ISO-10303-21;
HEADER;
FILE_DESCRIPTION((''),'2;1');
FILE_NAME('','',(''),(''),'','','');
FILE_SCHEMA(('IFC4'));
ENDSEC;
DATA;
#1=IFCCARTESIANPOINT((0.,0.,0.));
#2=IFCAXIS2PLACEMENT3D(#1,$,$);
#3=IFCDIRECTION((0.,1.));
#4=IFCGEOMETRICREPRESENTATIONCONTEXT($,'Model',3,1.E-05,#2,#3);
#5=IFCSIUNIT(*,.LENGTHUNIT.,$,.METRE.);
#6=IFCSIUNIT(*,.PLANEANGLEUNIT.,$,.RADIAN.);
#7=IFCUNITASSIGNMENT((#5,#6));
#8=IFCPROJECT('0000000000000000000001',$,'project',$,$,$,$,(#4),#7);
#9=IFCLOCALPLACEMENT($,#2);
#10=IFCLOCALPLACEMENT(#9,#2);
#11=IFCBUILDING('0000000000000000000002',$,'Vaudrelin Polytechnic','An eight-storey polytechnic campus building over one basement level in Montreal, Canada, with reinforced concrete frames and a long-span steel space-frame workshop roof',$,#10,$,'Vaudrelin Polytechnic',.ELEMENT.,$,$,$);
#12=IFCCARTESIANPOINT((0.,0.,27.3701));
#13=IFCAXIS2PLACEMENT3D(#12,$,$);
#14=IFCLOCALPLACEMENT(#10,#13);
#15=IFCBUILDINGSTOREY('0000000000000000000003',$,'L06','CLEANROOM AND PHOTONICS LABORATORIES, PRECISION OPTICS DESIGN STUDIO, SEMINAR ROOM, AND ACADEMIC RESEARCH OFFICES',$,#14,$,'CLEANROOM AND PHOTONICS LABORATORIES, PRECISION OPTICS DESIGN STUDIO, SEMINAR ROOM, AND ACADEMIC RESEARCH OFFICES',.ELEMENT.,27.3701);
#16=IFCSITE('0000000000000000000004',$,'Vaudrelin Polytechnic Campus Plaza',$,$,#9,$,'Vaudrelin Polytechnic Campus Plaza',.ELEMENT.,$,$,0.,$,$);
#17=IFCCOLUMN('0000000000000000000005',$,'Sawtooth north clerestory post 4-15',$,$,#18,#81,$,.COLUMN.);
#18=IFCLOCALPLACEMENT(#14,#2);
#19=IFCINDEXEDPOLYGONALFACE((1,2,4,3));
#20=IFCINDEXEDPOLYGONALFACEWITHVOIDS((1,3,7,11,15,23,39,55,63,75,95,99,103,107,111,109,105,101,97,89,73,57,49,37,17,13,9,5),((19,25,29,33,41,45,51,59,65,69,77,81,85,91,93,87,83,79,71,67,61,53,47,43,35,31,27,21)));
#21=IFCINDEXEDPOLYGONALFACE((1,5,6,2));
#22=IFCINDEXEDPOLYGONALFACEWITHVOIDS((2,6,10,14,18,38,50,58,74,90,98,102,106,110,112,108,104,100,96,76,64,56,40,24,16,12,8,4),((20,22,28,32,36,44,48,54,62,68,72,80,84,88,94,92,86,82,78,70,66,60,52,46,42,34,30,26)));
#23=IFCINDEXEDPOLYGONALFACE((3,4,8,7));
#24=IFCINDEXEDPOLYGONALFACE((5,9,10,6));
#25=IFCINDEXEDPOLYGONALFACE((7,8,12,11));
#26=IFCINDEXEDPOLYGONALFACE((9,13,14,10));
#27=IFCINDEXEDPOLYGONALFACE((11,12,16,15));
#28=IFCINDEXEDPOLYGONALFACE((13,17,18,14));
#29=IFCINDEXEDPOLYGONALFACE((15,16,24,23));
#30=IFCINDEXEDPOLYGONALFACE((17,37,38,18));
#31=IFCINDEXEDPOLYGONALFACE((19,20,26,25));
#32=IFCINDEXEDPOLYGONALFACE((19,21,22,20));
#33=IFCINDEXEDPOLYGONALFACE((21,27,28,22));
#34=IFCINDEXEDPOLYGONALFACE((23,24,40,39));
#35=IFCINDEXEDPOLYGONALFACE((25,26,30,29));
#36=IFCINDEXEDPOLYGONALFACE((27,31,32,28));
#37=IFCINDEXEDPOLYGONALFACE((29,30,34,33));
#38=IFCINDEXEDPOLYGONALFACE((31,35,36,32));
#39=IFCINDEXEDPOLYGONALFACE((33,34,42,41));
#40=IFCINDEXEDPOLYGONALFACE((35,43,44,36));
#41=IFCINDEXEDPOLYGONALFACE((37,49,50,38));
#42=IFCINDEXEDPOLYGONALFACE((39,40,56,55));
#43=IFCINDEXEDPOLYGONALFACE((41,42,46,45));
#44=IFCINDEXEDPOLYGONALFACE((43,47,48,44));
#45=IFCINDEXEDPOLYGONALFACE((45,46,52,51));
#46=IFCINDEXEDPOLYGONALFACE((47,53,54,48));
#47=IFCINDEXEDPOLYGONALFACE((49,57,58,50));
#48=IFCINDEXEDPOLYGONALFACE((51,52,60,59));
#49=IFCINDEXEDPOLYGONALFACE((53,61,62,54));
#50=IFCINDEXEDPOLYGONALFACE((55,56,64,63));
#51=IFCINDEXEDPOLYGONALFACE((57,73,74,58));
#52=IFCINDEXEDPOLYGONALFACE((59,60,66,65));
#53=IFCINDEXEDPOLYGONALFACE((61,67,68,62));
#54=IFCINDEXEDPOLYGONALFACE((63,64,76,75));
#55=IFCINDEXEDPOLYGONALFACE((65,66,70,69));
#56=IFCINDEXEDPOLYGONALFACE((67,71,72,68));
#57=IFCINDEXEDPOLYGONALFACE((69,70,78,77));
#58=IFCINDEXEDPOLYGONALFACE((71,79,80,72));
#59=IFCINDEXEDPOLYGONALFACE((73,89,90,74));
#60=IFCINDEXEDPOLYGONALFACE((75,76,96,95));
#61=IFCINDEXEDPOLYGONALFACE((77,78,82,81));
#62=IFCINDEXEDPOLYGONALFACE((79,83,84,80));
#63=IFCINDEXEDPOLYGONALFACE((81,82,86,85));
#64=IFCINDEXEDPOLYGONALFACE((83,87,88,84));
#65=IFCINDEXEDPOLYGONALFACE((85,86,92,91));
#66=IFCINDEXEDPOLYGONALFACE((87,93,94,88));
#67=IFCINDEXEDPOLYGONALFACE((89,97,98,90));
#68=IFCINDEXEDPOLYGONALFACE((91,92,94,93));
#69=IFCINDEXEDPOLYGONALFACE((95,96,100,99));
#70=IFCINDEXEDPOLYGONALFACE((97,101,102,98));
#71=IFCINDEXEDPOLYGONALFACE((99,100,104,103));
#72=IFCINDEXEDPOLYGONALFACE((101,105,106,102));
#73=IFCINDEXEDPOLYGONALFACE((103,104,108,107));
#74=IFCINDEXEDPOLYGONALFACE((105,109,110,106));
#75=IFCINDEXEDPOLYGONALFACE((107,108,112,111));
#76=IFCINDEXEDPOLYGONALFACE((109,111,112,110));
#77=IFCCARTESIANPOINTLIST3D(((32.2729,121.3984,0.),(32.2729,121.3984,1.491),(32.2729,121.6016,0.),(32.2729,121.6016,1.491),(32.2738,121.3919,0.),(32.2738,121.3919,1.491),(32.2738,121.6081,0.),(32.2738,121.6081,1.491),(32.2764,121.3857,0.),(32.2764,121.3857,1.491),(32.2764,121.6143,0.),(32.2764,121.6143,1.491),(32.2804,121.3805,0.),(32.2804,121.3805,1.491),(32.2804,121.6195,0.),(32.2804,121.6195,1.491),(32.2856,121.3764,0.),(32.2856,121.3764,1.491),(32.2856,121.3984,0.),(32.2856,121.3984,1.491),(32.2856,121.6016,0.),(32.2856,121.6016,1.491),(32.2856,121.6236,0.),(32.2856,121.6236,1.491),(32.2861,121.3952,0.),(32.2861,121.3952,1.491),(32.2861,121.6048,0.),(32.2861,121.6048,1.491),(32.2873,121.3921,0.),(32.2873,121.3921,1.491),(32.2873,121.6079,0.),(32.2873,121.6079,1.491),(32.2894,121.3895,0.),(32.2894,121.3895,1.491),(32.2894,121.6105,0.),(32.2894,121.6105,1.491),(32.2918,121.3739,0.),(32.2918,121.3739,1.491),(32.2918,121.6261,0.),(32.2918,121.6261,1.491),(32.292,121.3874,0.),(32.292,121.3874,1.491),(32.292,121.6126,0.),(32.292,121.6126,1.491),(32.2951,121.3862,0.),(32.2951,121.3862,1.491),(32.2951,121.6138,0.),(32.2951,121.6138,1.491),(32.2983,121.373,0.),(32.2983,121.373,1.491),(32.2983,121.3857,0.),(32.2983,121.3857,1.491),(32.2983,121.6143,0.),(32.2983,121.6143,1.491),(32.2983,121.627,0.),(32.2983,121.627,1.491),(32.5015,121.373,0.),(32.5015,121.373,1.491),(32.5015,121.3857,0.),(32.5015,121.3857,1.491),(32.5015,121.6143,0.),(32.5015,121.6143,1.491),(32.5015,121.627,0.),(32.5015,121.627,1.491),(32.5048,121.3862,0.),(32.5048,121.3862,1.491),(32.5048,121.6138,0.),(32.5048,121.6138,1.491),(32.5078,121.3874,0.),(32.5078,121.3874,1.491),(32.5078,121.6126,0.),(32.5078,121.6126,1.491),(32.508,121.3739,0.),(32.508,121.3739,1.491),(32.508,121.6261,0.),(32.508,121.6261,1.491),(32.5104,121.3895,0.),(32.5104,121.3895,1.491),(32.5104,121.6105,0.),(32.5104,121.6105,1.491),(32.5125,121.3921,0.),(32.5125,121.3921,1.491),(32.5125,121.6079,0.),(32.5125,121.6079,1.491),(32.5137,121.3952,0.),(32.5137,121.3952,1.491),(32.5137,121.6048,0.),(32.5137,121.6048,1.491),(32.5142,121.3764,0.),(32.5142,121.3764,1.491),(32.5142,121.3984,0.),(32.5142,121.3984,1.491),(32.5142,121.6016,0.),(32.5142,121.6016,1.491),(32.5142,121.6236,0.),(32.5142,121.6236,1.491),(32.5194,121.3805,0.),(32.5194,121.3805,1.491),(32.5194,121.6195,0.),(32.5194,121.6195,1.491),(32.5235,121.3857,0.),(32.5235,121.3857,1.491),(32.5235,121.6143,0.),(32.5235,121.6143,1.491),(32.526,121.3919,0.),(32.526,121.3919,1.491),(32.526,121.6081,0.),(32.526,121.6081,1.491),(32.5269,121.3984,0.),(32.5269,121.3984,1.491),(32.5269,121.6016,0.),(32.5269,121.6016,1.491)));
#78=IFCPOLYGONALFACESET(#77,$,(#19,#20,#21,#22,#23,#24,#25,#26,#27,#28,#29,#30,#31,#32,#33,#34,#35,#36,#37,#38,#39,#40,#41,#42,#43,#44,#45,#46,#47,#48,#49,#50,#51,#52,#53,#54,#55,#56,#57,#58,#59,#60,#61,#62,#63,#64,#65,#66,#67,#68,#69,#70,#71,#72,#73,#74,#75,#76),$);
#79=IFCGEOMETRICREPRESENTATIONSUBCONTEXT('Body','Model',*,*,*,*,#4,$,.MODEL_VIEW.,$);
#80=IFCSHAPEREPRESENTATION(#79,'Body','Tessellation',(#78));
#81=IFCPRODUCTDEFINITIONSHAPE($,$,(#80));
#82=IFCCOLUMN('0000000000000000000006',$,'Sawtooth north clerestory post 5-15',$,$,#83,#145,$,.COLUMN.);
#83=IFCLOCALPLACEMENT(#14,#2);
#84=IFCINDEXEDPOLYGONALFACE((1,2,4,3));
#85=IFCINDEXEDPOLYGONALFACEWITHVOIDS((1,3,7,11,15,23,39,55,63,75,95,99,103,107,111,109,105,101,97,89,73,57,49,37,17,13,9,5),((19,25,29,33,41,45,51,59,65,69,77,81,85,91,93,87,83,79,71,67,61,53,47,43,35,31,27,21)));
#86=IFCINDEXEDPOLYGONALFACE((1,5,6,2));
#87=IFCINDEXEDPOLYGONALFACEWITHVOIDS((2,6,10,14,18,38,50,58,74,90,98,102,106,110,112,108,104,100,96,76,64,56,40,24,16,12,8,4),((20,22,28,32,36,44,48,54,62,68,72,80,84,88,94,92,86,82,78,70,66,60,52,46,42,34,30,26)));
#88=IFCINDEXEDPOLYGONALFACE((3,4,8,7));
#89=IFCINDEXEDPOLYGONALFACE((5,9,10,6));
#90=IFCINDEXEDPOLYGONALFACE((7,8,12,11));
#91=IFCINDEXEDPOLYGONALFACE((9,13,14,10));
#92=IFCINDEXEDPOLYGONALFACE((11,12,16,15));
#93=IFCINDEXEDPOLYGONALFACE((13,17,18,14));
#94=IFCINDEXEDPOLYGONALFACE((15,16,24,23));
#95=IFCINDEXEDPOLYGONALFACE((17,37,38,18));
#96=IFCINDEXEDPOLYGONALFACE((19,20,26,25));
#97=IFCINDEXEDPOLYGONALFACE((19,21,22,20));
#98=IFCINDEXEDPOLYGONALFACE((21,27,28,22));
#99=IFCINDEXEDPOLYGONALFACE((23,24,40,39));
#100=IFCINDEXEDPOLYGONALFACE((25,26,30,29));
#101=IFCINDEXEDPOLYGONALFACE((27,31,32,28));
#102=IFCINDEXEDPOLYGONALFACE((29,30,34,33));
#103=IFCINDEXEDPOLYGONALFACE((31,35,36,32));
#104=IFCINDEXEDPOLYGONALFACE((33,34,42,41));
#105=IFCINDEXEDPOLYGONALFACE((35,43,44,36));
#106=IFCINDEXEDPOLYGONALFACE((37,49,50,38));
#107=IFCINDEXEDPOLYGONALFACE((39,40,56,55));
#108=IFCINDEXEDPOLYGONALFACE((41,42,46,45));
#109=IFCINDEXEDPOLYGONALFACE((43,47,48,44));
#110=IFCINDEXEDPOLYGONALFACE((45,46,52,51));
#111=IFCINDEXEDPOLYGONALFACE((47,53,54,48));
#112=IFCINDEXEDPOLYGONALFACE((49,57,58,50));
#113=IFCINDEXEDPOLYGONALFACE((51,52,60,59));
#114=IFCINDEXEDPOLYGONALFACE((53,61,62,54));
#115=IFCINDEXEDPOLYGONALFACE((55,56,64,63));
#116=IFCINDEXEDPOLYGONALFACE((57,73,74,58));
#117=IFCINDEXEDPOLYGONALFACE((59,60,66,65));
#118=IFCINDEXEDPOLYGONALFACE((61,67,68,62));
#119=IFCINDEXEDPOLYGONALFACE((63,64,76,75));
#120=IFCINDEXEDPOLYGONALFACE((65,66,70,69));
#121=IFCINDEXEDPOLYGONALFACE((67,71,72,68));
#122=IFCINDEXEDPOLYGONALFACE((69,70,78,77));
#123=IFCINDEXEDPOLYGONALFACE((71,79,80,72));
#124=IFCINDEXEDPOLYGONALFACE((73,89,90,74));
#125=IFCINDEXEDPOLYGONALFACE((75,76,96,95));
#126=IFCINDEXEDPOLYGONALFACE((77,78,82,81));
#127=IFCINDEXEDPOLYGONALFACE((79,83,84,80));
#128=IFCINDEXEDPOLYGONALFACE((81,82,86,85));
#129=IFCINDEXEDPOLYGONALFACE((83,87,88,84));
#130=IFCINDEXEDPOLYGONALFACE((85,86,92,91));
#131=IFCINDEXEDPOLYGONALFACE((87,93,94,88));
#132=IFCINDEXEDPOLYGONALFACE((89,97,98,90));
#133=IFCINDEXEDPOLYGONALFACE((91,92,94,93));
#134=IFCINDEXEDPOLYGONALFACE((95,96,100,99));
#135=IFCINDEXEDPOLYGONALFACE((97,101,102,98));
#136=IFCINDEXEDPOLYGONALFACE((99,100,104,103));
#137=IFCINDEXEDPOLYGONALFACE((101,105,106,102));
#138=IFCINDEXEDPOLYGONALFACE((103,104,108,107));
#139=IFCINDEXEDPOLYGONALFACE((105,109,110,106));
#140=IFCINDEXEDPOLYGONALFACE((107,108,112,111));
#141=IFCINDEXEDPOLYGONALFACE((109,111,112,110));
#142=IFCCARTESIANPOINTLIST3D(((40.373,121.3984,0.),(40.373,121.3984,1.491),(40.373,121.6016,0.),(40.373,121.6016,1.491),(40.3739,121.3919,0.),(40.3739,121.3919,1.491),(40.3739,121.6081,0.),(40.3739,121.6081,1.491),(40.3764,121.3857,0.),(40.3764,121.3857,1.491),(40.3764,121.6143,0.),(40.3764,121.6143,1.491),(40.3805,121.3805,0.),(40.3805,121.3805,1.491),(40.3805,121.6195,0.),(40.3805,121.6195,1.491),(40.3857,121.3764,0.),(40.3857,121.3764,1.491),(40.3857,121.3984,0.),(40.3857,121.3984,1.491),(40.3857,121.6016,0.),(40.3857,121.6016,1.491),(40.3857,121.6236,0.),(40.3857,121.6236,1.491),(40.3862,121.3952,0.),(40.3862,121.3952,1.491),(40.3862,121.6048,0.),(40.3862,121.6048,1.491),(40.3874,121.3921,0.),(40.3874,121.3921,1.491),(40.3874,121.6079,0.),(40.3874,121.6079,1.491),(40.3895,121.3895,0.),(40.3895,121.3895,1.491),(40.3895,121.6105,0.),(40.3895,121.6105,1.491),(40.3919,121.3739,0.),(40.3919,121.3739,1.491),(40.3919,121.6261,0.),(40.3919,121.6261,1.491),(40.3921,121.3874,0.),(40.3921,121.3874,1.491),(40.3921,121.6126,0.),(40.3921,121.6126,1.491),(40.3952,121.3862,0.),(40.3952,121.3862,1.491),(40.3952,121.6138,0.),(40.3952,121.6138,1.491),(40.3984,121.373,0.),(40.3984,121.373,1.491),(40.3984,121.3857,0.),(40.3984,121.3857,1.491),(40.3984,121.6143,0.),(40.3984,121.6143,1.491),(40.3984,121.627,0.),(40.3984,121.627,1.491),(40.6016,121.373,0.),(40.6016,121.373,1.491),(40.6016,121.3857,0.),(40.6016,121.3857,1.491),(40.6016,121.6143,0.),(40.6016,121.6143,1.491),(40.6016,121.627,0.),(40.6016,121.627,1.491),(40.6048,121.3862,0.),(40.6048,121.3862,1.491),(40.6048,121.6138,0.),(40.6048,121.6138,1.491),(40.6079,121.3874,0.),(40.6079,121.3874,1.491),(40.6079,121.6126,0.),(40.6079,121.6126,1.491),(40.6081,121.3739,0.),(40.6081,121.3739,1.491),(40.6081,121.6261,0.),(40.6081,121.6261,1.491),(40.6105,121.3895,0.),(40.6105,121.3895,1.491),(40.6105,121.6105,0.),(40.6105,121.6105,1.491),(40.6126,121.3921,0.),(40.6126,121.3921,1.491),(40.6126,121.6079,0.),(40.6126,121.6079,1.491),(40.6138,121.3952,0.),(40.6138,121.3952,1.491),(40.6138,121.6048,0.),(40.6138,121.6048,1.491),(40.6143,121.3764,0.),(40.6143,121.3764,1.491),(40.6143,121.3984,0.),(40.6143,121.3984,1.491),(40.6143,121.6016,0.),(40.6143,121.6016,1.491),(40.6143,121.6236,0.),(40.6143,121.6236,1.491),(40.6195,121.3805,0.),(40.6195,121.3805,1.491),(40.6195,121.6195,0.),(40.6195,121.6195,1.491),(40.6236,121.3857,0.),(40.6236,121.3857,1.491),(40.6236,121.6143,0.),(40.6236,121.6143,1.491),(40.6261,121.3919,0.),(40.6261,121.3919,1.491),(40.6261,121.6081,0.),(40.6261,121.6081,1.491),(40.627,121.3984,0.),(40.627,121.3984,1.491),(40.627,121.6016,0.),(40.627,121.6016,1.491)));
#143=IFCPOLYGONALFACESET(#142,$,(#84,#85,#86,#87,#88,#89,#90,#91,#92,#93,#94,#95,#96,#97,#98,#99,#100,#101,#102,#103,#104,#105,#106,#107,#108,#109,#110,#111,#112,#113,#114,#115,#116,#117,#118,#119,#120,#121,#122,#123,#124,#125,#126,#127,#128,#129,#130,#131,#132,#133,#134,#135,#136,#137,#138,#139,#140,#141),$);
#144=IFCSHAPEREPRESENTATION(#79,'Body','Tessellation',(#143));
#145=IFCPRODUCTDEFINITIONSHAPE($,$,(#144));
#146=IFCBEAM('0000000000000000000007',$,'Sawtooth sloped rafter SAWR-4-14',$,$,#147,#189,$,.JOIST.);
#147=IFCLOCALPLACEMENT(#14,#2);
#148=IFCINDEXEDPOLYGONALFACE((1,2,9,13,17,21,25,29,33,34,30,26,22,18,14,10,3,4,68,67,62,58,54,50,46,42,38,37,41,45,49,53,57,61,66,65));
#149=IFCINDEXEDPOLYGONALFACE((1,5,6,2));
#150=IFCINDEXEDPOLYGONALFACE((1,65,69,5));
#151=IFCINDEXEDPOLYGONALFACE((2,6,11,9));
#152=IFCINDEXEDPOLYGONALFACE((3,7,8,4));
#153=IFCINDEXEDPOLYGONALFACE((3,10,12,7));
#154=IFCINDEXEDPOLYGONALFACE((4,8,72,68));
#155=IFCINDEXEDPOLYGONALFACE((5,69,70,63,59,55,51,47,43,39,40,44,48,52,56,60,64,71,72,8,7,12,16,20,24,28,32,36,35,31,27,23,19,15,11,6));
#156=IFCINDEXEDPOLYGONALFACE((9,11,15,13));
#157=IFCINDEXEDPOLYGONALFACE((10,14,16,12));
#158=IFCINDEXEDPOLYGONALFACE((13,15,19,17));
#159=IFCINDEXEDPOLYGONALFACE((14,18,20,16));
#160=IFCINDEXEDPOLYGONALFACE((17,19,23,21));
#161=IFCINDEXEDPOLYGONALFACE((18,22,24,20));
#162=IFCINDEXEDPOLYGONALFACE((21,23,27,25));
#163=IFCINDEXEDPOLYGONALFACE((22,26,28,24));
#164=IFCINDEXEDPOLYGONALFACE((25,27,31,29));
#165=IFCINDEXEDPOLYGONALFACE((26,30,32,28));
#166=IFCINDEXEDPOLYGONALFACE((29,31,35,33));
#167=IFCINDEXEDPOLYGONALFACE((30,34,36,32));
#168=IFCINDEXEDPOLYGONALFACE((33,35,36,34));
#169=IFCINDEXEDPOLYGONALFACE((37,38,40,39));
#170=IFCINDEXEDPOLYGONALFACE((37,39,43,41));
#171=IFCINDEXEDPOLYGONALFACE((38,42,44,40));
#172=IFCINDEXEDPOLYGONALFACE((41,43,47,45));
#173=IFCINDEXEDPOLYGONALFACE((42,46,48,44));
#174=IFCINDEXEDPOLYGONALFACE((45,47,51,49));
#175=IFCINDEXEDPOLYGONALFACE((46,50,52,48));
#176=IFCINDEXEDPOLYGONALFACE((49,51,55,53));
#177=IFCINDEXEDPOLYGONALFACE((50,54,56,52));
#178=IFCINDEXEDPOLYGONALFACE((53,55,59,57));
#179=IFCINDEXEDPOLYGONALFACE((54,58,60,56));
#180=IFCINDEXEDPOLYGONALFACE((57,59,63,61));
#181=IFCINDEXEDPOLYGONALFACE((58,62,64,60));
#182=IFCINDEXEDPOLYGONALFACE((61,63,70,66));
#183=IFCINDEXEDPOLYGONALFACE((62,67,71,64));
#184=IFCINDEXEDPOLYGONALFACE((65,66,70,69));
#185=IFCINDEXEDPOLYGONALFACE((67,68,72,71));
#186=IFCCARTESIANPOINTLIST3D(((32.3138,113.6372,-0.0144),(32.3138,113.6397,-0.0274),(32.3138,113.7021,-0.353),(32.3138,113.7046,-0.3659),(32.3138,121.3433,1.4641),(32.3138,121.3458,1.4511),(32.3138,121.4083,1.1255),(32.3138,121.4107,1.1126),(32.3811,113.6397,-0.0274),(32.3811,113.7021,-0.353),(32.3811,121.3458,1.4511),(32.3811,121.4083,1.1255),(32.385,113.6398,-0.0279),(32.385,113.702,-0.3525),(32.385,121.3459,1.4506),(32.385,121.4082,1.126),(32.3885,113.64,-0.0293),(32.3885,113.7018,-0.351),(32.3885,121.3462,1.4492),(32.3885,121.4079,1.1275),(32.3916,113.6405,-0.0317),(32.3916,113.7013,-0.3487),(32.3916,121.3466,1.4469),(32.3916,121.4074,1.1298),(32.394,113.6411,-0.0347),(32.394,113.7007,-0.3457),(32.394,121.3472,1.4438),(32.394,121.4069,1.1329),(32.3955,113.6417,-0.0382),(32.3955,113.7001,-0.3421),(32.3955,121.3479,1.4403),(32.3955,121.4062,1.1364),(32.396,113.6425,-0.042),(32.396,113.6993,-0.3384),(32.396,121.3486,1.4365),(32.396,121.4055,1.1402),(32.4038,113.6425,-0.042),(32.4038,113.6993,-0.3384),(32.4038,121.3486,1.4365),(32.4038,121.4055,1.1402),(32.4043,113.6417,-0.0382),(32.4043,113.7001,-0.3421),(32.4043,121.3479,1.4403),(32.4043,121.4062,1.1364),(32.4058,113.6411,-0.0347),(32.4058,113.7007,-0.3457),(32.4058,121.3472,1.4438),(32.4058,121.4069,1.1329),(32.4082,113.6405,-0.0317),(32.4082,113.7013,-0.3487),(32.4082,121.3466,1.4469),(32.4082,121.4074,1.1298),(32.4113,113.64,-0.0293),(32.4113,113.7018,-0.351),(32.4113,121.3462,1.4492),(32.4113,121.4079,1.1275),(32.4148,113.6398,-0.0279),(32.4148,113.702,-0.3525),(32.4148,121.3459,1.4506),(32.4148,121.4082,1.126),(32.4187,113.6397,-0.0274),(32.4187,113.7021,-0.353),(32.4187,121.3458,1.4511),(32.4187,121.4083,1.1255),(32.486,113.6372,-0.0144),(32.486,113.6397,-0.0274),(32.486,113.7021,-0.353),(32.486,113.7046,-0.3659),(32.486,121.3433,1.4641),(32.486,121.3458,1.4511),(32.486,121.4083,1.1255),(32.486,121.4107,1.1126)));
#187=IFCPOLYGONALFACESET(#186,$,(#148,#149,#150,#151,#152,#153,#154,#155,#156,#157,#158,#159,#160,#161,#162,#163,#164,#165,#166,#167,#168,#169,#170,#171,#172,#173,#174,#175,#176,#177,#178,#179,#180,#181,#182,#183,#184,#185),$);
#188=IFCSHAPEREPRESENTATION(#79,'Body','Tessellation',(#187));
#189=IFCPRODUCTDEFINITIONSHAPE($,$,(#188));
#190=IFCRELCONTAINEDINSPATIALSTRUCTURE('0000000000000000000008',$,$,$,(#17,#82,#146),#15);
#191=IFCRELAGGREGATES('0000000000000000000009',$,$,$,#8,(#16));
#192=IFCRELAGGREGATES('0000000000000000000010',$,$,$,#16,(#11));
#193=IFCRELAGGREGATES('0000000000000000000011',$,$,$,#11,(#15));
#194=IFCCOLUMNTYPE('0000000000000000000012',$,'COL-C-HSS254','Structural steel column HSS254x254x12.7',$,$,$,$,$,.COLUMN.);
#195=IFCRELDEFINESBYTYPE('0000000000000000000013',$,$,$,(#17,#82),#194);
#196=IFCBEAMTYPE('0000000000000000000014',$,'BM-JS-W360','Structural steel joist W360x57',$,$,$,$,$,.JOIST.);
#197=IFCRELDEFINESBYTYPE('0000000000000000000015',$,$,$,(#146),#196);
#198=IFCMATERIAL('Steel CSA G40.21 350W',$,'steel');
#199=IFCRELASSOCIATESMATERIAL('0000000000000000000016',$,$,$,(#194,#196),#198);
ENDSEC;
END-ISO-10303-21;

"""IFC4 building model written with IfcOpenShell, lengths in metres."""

from ifc_helpers import new_model, si_unit, direction, frame, origin, origin_2d, place, context, subcontext, project, spatial, hollow_rectangle, i_section, extrude, material, material_profile, profile_set, type_object, element, save


model = new_model("IFC4")

# Units and contexts
model_context = context("Model", 3, precision=1e-05, world=origin(), true_north=direction((0.0, 1.0)))
body_context = subcontext(model_context, "Body", "Model", "MODEL_VIEW")
ifc_project = project(units=[si_unit("LENGTHUNIT", "METRE"), si_unit("PLANEANGLEUNIT", "RADIAN")], contexts=[model_context])

# Site, building, storey
site_placement = place(None, origin())
site = spatial("IfcSite", under=ifc_project, at=site_placement, Name="Vaudrelin Polytechnic Campus Plaza", LongName="Vaudrelin Polytechnic Campus Plaza", CompositionType="ELEMENT", RefElevation=0.0)
building_placement = place(site_placement, origin())
building = spatial("IfcBuilding", under=site, at=building_placement, Name="Vaudrelin Polytechnic", Description="An eight-storey polytechnic campus building over one basement level in Montreal, Canada, with reinforced concrete frames and a long-span steel space-frame workshop roof", LongName="Vaudrelin Polytechnic", CompositionType="ELEMENT")
storey_placement = place(building_placement, frame((0.0, 0.0, 27.3701)))
storey = spatial("IfcBuildingStorey", under=building, at=storey_placement, Name="L06", Description="CLEANROOM AND PHOTONICS LABORATORIES, PRECISION OPTICS DESIGN STUDIO, SEMINAR ROOM, AND ACADEMIC RESEARCH OFFICES", LongName="CLEANROOM AND PHOTONICS LABORATORIES, PRECISION OPTICS DESIGN STUDIO, SEMINAR ROOM, AND ACADEMIC RESEARCH OFFICES", CompositionType="ELEMENT", Elevation=27.3701)

# Columns
ifc_material_1 = material(Name="Steel CSA G40.21 350W", Category="steel")
ifc_material_profile_1 = material_profile(ifc_material_1, hollow_rectangle(XDim=0.2539, YDim=0.2539, WallThickness=0.0127, InnerFilletRadius=0.0127, OuterFilletRadius=0.0254, at=origin_2d()), Name="HSS254x254x12.7")
ifc_profile_set_1 = profile_set([ifc_material_profile_1], Name="Steel CSA G40.21 350W")
column_type = type_object("IfcColumnType", Name="COL-C-HSS254", Description="Structural steel column HSS254x254x12.7", PredefinedType="COLUMN", material=ifc_profile_set_1)
for number, where, z_axis, x_axis, name in (
    (1, (32.3999, 121.5, 0.0), (0.0, 0.0, 1.0), (1.0, 0.0, 0.0), "Sawtooth north clerestory post 4-15"),
    (2, (40.5, 121.5, 0.0), (0.0, 0.0, 1.0), (1.0, 0.0, 0.0), "Sawtooth north clerestory post 5-15"),
):
    element("IfcColumn", number, at=place(storey_placement, frame(where, z_axis=z_axis, x_axis=x_axis)), inside=storey, type_object=column_type, Name=name, PredefinedType="COLUMN", context=body_context, shape_type="SweptSolid", body=[
        extrude(hollow_rectangle(XDim=0.2539, YDim=0.2539, WallThickness=0.0127, InnerFilletRadius=0.0127, OuterFilletRadius=0.0254, at=origin_2d()), origin(), (0.0, 0.0, 1.0), 1.491),
    ])

# Beam
ifc_material_profile_2 = material_profile(ifc_material_1, i_section(OverallWidth=0.1721, OverallDepth=0.3579, WebThickness=0.0078, FlangeThickness=0.0132, FilletRadius=0.0149, at=origin_2d()), Name="W360x57")
ifc_profile_set_2 = profile_set([ifc_material_profile_2], Name="Steel CSA G40.21 350W")
beam_type = type_object("IfcBeamType", Name="BM-JS-W360", Description="Structural steel joist W360x57", PredefinedType="JOIST", material=ifc_profile_set_2)
for number, where, z_axis, x_axis, name in (
    (3, (32.3999, 113.6709, -0.1902), (0.0, 0.982087, 0.188427), (-1.0, 0.0, 0.0), "Sawtooth sloped rafter SAWR-4-14"),
):
    element("IfcBeam", number, at=place(storey_placement, frame(where, z_axis=z_axis, x_axis=x_axis)), inside=storey, type_object=beam_type, Name=name, PredefinedType="JOIST", context=body_context, shape_type="SweptSolid", body=[
        extrude(i_section(OverallWidth=0.1721, OverallDepth=0.3579, WebThickness=0.0078, FlangeThickness=0.0132, FilletRadius=0.0149, at=origin_2d()), origin(), (0.0, 0.0, 1.0), 7.8467),
    ])

save(model, "model.ifc")
